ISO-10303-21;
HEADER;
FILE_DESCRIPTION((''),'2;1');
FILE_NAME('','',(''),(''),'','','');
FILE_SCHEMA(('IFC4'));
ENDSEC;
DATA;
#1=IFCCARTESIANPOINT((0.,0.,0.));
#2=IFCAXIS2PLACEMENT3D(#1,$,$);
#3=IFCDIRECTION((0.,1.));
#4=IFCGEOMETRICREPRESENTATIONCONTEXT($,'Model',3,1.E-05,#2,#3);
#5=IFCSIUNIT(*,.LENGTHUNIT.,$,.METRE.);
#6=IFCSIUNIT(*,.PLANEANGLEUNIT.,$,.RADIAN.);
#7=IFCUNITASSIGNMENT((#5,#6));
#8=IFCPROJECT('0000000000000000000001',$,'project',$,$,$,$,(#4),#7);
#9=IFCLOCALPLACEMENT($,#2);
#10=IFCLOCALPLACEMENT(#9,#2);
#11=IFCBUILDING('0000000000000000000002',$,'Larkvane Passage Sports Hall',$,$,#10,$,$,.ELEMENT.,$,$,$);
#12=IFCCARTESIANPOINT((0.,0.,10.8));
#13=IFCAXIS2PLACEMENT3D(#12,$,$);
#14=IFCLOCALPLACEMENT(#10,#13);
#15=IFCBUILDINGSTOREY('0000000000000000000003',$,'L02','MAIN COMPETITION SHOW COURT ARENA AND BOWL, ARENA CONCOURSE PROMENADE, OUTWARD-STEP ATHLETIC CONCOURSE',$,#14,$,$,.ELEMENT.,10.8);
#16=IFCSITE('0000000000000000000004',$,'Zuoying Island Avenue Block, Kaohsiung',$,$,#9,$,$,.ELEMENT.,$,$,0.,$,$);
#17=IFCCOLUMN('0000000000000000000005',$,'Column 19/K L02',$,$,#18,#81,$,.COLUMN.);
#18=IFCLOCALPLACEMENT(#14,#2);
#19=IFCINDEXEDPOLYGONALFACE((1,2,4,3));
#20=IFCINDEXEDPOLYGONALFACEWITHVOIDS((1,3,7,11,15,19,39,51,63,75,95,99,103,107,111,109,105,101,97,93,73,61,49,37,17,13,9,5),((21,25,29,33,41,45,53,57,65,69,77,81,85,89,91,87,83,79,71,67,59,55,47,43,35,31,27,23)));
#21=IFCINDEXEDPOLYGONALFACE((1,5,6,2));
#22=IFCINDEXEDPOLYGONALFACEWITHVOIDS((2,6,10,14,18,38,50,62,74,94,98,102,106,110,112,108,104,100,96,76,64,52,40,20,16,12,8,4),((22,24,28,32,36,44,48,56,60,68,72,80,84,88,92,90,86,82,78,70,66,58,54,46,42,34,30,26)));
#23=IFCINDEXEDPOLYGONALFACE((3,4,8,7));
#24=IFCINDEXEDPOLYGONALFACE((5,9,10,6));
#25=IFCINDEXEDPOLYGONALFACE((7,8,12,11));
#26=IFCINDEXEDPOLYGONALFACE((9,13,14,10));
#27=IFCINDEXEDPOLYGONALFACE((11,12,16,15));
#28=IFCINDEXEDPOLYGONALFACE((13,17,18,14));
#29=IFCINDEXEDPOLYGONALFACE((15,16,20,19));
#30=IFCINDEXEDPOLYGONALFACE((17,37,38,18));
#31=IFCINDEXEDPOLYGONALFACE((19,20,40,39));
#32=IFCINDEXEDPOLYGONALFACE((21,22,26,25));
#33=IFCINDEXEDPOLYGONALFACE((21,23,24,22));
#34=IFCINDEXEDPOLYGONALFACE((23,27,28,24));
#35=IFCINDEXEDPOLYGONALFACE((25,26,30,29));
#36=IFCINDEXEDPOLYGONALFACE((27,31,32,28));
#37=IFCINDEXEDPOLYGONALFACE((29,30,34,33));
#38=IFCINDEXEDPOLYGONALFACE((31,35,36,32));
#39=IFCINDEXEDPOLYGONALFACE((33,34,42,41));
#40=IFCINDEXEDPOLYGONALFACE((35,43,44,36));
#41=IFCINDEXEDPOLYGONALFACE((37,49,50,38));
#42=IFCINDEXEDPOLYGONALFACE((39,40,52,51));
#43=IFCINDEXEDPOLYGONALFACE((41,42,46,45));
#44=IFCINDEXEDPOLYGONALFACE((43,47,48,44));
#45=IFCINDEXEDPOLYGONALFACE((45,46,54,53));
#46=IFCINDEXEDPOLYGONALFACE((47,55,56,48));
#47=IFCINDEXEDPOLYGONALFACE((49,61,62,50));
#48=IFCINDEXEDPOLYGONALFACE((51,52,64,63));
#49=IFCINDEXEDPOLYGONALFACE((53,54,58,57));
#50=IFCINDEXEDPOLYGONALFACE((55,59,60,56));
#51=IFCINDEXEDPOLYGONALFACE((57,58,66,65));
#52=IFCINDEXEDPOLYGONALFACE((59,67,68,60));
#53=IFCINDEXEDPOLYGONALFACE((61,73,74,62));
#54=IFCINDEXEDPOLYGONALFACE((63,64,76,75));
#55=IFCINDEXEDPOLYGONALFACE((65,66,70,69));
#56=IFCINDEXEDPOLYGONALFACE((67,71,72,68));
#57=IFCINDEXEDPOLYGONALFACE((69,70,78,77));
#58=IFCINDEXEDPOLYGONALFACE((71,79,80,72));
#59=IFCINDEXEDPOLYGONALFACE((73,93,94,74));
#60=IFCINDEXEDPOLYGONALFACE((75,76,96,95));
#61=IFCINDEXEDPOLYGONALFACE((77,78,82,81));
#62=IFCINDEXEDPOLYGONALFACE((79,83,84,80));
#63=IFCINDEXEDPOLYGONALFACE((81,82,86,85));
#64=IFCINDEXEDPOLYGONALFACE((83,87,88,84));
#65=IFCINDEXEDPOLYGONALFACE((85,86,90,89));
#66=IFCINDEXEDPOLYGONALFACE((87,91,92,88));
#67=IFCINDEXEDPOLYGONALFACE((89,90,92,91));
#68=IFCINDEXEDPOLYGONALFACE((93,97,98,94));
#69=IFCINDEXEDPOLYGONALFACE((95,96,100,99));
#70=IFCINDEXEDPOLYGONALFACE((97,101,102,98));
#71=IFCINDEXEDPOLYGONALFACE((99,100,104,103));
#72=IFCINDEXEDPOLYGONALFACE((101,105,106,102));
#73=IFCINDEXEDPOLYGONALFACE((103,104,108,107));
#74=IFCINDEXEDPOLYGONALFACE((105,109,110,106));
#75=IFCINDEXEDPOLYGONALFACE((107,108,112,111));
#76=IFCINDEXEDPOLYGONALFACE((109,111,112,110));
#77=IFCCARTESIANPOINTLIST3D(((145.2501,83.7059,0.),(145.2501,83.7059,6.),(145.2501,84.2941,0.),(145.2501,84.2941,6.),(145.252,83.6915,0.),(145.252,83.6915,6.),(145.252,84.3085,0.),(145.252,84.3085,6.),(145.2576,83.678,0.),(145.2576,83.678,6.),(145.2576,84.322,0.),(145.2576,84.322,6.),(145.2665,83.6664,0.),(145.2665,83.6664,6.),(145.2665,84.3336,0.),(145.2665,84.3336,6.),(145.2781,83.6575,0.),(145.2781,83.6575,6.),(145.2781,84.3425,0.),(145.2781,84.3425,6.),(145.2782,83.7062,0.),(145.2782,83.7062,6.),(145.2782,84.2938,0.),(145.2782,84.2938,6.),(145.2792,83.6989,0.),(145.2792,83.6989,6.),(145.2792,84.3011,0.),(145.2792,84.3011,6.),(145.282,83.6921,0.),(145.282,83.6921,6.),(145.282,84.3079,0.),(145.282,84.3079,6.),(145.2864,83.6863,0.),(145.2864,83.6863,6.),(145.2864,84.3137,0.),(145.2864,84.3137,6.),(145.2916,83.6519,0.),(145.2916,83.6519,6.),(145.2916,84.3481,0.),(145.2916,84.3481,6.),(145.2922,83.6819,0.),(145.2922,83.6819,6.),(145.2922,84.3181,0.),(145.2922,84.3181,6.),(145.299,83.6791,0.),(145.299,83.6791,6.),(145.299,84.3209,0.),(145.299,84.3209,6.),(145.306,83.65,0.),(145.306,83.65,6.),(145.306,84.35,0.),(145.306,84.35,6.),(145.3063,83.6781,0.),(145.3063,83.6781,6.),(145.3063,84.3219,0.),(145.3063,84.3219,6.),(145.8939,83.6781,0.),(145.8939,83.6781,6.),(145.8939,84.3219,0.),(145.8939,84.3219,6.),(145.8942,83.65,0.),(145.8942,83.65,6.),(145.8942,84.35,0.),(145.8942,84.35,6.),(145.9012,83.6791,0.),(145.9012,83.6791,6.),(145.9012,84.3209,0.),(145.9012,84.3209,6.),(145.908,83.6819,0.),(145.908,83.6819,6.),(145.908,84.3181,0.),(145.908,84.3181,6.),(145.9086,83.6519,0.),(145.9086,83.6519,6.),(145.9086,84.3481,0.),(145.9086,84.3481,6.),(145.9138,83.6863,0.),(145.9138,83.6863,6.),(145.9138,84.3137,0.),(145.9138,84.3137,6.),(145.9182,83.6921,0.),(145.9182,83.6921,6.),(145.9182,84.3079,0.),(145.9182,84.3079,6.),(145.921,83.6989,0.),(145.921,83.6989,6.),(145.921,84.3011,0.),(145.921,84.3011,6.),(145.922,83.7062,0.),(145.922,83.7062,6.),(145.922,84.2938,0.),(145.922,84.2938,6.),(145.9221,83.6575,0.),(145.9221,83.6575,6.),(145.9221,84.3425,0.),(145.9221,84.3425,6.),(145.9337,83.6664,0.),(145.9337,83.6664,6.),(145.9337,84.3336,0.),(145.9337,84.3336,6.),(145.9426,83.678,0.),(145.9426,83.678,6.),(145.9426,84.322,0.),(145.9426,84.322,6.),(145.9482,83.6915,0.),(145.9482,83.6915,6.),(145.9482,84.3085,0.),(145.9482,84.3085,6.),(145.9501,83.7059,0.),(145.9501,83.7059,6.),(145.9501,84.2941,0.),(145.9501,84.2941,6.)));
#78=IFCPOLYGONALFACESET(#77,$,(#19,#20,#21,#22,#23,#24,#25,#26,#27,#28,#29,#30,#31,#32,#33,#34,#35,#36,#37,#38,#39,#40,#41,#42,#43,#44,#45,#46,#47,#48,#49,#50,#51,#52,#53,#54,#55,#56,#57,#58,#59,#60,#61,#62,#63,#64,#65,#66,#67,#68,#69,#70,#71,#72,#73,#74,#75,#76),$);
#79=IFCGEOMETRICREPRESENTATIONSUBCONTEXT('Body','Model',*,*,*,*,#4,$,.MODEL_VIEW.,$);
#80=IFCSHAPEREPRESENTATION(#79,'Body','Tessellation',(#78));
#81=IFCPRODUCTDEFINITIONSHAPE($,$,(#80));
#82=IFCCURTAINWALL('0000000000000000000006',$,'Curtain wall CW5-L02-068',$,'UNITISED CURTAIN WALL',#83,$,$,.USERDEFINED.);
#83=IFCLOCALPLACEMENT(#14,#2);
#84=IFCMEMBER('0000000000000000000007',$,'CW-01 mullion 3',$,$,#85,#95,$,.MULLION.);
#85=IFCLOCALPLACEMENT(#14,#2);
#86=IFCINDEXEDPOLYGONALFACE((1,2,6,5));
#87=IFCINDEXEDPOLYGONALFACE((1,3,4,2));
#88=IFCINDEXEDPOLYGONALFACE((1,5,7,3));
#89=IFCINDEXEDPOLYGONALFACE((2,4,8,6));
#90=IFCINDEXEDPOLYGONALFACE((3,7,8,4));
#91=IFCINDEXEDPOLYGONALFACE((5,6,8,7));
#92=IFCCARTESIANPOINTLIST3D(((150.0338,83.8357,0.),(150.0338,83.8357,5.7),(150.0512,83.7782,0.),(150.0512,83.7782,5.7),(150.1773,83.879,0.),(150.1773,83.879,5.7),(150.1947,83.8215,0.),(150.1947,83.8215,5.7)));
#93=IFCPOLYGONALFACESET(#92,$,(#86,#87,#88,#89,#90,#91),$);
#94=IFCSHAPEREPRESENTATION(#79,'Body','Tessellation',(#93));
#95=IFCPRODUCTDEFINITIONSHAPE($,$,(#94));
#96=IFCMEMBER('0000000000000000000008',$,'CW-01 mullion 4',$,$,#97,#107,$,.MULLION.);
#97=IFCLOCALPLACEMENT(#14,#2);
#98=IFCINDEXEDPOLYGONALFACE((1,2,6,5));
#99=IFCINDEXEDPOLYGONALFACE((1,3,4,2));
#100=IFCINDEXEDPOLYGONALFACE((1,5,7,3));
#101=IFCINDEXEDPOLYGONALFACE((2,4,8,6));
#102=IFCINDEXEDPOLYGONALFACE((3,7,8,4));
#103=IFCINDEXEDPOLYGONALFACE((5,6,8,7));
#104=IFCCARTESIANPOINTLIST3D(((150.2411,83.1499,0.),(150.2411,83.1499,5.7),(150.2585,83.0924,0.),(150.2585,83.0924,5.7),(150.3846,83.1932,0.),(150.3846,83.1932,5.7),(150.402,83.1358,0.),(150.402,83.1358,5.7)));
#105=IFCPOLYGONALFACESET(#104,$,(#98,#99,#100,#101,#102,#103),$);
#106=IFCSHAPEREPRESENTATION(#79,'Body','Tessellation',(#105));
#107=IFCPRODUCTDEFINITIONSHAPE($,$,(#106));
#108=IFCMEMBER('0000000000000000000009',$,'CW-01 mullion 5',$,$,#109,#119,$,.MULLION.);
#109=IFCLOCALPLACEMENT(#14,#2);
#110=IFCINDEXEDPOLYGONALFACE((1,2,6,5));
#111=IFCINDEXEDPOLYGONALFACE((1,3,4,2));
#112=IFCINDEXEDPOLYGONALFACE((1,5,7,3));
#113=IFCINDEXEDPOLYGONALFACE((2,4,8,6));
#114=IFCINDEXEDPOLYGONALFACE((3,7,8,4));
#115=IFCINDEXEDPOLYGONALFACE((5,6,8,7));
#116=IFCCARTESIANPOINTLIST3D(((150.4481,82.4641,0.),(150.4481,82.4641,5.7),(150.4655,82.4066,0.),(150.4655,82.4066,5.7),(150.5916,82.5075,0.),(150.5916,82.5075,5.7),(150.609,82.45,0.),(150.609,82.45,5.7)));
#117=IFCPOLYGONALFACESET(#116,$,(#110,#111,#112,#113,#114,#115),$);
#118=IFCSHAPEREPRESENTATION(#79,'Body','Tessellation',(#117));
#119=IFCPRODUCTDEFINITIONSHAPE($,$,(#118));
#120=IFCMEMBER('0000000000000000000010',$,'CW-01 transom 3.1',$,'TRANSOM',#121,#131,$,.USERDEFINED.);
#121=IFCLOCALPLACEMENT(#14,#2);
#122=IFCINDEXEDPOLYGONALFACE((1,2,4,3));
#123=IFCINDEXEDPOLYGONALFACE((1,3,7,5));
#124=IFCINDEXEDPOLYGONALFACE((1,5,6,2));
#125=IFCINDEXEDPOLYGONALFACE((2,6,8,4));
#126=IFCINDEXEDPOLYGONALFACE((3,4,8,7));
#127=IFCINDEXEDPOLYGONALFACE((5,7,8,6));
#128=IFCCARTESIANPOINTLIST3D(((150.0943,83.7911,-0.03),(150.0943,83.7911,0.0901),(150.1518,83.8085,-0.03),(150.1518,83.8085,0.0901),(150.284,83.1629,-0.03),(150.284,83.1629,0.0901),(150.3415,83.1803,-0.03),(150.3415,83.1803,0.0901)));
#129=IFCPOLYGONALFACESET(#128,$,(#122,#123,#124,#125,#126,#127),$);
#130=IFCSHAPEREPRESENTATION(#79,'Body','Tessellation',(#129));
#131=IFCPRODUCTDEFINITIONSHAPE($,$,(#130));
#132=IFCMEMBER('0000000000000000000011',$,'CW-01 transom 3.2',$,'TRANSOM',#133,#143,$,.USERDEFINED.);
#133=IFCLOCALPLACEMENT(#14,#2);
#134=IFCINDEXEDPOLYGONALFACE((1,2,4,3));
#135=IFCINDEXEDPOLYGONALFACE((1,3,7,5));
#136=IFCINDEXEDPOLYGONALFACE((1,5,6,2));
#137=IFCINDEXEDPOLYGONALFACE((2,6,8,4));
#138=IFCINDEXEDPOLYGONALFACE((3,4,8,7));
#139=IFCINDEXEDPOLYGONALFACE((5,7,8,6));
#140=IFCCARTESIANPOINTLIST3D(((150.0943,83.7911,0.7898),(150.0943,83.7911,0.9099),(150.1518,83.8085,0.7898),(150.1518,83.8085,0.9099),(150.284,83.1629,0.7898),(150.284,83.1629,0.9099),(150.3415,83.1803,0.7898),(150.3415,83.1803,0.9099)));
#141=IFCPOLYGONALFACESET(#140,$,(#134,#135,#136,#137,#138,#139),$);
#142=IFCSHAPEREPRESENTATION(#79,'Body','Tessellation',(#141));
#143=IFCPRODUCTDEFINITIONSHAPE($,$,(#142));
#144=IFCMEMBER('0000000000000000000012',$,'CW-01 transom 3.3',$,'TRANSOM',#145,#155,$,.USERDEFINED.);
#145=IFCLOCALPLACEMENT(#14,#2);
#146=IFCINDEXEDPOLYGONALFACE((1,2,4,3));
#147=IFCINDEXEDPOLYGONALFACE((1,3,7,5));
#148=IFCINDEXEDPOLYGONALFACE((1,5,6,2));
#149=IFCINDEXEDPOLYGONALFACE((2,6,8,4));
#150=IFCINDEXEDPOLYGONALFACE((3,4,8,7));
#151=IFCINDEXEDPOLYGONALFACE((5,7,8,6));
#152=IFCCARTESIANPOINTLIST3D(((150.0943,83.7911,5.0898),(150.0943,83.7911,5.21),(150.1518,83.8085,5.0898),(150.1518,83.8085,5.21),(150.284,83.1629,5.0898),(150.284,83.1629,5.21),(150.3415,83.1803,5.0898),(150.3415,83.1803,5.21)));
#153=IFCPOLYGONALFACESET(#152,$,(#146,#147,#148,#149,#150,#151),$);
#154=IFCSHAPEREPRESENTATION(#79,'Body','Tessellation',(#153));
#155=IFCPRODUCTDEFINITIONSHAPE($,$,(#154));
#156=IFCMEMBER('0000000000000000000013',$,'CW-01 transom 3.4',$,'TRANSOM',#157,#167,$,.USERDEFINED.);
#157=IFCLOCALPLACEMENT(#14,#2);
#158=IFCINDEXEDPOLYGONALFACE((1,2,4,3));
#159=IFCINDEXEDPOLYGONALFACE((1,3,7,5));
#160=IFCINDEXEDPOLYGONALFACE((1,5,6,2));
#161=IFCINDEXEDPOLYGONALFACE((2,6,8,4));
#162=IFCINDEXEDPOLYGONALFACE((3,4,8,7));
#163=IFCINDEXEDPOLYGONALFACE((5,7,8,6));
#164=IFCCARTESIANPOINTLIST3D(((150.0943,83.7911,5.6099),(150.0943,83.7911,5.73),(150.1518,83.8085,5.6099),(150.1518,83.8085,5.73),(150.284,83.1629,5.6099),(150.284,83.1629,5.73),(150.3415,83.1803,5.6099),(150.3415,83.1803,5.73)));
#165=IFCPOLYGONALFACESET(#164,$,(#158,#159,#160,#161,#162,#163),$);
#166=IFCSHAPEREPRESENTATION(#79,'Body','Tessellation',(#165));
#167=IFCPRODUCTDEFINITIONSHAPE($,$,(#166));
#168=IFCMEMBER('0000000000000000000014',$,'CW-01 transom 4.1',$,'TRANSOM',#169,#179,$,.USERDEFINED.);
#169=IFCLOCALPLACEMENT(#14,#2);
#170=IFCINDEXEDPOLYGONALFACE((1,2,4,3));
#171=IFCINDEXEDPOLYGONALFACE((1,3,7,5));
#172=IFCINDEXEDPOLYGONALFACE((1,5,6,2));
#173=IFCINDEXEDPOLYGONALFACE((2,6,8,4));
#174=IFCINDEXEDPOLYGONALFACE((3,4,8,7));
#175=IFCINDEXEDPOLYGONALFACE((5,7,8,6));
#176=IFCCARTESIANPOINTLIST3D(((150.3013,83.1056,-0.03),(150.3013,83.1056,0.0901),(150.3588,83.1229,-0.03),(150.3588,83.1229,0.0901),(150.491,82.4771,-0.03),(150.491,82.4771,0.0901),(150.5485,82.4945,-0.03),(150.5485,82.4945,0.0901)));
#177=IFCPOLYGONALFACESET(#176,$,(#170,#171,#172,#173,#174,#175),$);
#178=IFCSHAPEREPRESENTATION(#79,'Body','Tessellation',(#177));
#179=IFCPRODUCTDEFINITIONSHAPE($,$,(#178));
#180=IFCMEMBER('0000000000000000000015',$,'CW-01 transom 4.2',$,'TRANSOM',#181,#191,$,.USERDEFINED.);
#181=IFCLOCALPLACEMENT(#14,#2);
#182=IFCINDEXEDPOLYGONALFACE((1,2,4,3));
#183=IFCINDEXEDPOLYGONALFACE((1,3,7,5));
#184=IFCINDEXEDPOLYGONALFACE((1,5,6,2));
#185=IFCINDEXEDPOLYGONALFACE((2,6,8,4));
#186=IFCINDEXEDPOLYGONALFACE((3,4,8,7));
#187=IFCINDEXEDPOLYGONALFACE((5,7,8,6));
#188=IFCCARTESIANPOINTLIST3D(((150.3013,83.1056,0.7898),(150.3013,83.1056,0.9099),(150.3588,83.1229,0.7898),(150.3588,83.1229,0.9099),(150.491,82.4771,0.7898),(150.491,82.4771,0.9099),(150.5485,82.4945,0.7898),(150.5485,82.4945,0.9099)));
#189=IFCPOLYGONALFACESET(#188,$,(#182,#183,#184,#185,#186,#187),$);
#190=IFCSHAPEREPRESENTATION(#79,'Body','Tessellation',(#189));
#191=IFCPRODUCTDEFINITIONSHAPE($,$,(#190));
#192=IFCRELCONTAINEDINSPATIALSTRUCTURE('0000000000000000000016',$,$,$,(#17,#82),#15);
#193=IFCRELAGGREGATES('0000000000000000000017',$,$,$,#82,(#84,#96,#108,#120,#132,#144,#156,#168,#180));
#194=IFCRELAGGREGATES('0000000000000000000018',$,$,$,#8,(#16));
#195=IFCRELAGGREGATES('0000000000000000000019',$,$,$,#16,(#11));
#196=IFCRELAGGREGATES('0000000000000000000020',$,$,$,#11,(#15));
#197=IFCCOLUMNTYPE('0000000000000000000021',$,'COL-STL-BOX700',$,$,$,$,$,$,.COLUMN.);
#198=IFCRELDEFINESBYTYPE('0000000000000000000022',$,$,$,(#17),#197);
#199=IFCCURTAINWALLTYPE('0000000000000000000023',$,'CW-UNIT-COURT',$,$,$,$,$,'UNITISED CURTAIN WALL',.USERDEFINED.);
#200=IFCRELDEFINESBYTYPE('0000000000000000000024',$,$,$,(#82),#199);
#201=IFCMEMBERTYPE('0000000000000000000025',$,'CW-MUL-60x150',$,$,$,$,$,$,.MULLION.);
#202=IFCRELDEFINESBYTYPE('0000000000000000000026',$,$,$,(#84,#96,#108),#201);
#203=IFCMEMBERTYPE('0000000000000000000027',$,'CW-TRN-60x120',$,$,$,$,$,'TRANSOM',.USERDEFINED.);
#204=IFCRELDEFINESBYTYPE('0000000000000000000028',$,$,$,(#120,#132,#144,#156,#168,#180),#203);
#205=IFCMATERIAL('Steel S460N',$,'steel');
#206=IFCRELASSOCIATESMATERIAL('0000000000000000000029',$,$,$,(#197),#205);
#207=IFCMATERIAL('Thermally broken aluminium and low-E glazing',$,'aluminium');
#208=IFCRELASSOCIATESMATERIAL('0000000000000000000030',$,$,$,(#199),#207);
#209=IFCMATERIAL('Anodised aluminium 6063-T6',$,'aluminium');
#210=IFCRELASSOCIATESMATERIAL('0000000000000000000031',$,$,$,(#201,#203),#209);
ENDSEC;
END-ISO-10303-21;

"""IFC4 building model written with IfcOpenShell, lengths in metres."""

from ifc_helpers import new_model, si_unit, direction, frame, origin, origin_2d, place, context, subcontext, project, spatial, rectangle, hollow_rectangle, extrude, material, material_profile, profile_set, type_object, element, aggregate, save


model = new_model("IFC4")

# Units and contexts
model_context = context("Model", 3, precision=1e-05, world=origin(), true_north=direction((0.0, 1.0)))
body_context = subcontext(model_context, "Body", "Model", "MODEL_VIEW")
ifc_project = project(units=[si_unit("LENGTHUNIT", "METRE"), si_unit("PLANEANGLEUNIT", "RADIAN")], contexts=[model_context])

# Site, building, storey
site_placement = place(None, origin())
site = spatial("IfcSite", under=ifc_project, at=site_placement, Name="Zuoying Island Avenue Block, Kaohsiung", CompositionType="ELEMENT", RefElevation=0.0)
building_placement = place(site_placement, origin())
building = spatial("IfcBuilding", under=site, at=building_placement, Name="Larkvane Passage Sports Hall", CompositionType="ELEMENT")
storey_placement = place(building_placement, frame((0.0, 0.0, 10.8)))
storey = spatial("IfcBuildingStorey", under=building, at=storey_placement, Name="L02", Description="MAIN COMPETITION SHOW COURT ARENA AND BOWL, ARENA CONCOURSE PROMENADE, OUTWARD-STEP ATHLETIC CONCOURSE", CompositionType="ELEMENT", Elevation=10.8)

# Column
ifc_material_1 = material(Name="Steel S460N", Category="steel")
ifc_material_profile_1 = material_profile(ifc_material_1, hollow_rectangle(XDim=0.7, YDim=0.7, WallThickness=0.0281, InnerFilletRadius=0.0281, OuterFilletRadius=0.0559, at=origin_2d()), Name="BOX-700x700x28")
ifc_profile_set_1 = profile_set([ifc_material_profile_1], Name="Steel S460N")
column_type = type_object("IfcColumnType", Name="COL-STL-BOX700", PredefinedType="COLUMN", material=ifc_profile_set_1)
column_placement = place(storey_placement, frame((145.6001, 84.0, 0.0), z_axis=(0.0, 0.0, 1.0), x_axis=(1.0, 0.0, 0.0)))
element("IfcColumn", 1, at=column_placement, inside=storey, type_object=column_type, Name="Column 19/K L02", PredefinedType="COLUMN", context=body_context, shape_type="SweptSolid", body=[
    extrude(hollow_rectangle(XDim=0.7, YDim=0.7, WallThickness=0.0281, InnerFilletRadius=0.0281, OuterFilletRadius=0.0559, at=origin_2d()), origin(), (0.0, 0.0, 1.0), 6.0),
])

# Curtain wall, members
ifc_material_2 = material(Name="Thermally broken aluminium and low-E glazing", Category="aluminium")
curtain_wall_type = type_object("IfcCurtainWallType", Name="CW-UNIT-COURT", ElementType="UNITISED CURTAIN WALL", PredefinedType="USERDEFINED", material=ifc_material_2)
curtain_wall_placement = place(storey_placement, origin())
curtain_wall = element("IfcCurtainWall", 2, at=curtain_wall_placement, inside=storey, type_object=curtain_wall_type, Name="Curtain wall CW5-L02-068", ObjectType="UNITISED CURTAIN WALL", PredefinedType="USERDEFINED")
ifc_material_3 = material(Name="Anodised aluminium 6063-T6", Category="aluminium")
ifc_material_profile_2 = material_profile(ifc_material_3, rectangle(XDim=0.0601, YDim=0.1499, at=origin_2d()), Name="ALU-MUL-60x150")
ifc_profile_set_2 = profile_set([ifc_material_profile_2], Name="Anodised aluminium 6063-T6")
member_type_1 = type_object("IfcMemberType", Name="CW-MUL-60x150", PredefinedType="MULLION", material=ifc_profile_set_2)
member_1_placement = place(storey_placement, frame((150.1143, 83.8286, 0.0), z_axis=(0.0, 0.0, 1.0), x_axis=(0.289177, -0.957276, 0.0)))
member_1 = element("IfcMember", 3, at=member_1_placement, type_object=member_type_1, Name="CW-01 mullion 3", PredefinedType="MULLION", context=body_context, shape_type="SweptSolid", body=[
    extrude(rectangle(XDim=0.0601, YDim=0.1499, at=origin_2d()), origin(), (0.0, 0.0, 1.0), 5.7),
])
member_2_placement = place(storey_placement, frame((150.3215, 83.1428, 0.0), z_axis=(0.0, 0.0, 1.0), x_axis=(0.289177, -0.957276, 0.0)))
member_2 = element("IfcMember", 4, at=member_2_placement, type_object=member_type_1, Name="CW-01 mullion 4", PredefinedType="MULLION", context=body_context, shape_type="SweptSolid", body=[
    extrude(rectangle(XDim=0.0601, YDim=0.1499, at=origin_2d()), origin(), (0.0, 0.0, 1.0), 5.7),
])
member_3_placement = place(storey_placement, frame((150.5286, 82.457, 0.0), z_axis=(0.0, 0.0, 1.0), x_axis=(0.289177, -0.957276, 0.0)))
member_3 = element("IfcMember", 5, at=member_3_placement, type_object=member_type_1, Name="CW-01 mullion 5", PredefinedType="MULLION", context=body_context, shape_type="SweptSolid", body=[
    extrude(rectangle(XDim=0.0601, YDim=0.1499, at=origin_2d()), origin(), (0.0, 0.0, 1.0), 5.7),
])
ifc_material_profile_3 = material_profile(ifc_material_3, rectangle(XDim=0.0601, YDim=0.1201, at=origin_2d()), Name="ALU-TRN-60x120")
ifc_profile_set_3 = profile_set([ifc_material_profile_3], Name="Anodised aluminium 6063-T6")
member_type_2 = type_object("IfcMemberType", Name="CW-TRN-60x120", ElementType="TRANSOM", PredefinedType="USERDEFINED", material=ifc_profile_set_3)
member_4_placement = place(storey_placement, frame((150.123, 83.7998, 0.03), z_axis=(0.289088, -0.957302, 0.0), x_axis=(0.957302, 0.289088, 0.0)))
member_4 = element("IfcMember", 6, at=member_4_placement, type_object=member_type_2, Name="CW-01 transom 3.1", ObjectType="TRANSOM", PredefinedType="USERDEFINED", context=body_context, shape_type="SweptSolid", body=[
    extrude(rectangle(XDim=0.0601, YDim=0.1201, at=origin_2d()), origin(), (0.0, 0.0, 1.0), 0.6562),
])
member_5_placement = place(storey_placement, frame((150.123, 83.7998, 0.8499), z_axis=(0.289088, -0.957302, 0.0), x_axis=(0.957302, 0.289088, 0.0)))
member_5 = element("IfcMember", 7, at=member_5_placement, type_object=member_type_2, Name="CW-01 transom 3.2", ObjectType="TRANSOM", PredefinedType="USERDEFINED", context=body_context, shape_type="SweptSolid", body=[
    extrude(rectangle(XDim=0.0601, YDim=0.1201, at=origin_2d()), origin(), (0.0, 0.0, 1.0), 0.6562),
])
member_6_placement = place(storey_placement, frame((150.123, 83.7998, 5.1499), z_axis=(0.289088, -0.957302, 0.0), x_axis=(0.957302, 0.289088, 0.0)))
member_6 = element("IfcMember", 8, at=member_6_placement, type_object=member_type_2, Name="CW-01 transom 3.3", ObjectType="TRANSOM", PredefinedType="USERDEFINED", context=body_context, shape_type="SweptSolid", body=[
    extrude(rectangle(XDim=0.0601, YDim=0.1201, at=origin_2d()), origin(), (0.0, 0.0, 1.0), 0.6562),
])
member_7_placement = place(storey_placement, frame((150.123, 83.7998, 5.6699), z_axis=(0.289088, -0.957302, 0.0), x_axis=(0.957302, 0.289088, 0.0)))
member_7 = element("IfcMember", 9, at=member_7_placement, type_object=member_type_2, Name="CW-01 transom 3.4", ObjectType="TRANSOM", PredefinedType="USERDEFINED", context=body_context, shape_type="SweptSolid", body=[
    extrude(rectangle(XDim=0.0601, YDim=0.1201, at=origin_2d()), origin(), (0.0, 0.0, 1.0), 0.6562),
])
member_8_placement = place(storey_placement, frame((150.3301, 83.1143, 0.03), z_axis=(0.288985, -0.957334, 0.0), x_axis=(0.957334, 0.288985, 0.0)))
member_8 = element("IfcMember", 10, at=member_8_placement, type_object=member_type_2, Name="CW-01 transom 4.1", ObjectType="TRANSOM", PredefinedType="USERDEFINED", context=body_context, shape_type="SweptSolid", body=[
    extrude(rectangle(XDim=0.0601, YDim=0.1201, at=origin_2d()), origin(), (0.0, 0.0, 1.0), 0.6565),
])
member_9_placement = place(storey_placement, frame((150.3301, 83.1143, 0.8499), z_axis=(0.288985, -0.957334, 0.0), x_axis=(0.957334, 0.288985, 0.0)))
member_9 = element("IfcMember", 11, at=member_9_placement, type_object=member_type_2, Name="CW-01 transom 4.2", ObjectType="TRANSOM", PredefinedType="USERDEFINED", context=body_context, shape_type="SweptSolid", body=[
    extrude(rectangle(XDim=0.0601, YDim=0.1201, at=origin_2d()), origin(), (0.0, 0.0, 1.0), 0.6565),
])
aggregate(curtain_wall, [member_1, member_2, member_3, member_4, member_5, member_6, member_7, member_8, member_9])

save(model, "model.ifc")
